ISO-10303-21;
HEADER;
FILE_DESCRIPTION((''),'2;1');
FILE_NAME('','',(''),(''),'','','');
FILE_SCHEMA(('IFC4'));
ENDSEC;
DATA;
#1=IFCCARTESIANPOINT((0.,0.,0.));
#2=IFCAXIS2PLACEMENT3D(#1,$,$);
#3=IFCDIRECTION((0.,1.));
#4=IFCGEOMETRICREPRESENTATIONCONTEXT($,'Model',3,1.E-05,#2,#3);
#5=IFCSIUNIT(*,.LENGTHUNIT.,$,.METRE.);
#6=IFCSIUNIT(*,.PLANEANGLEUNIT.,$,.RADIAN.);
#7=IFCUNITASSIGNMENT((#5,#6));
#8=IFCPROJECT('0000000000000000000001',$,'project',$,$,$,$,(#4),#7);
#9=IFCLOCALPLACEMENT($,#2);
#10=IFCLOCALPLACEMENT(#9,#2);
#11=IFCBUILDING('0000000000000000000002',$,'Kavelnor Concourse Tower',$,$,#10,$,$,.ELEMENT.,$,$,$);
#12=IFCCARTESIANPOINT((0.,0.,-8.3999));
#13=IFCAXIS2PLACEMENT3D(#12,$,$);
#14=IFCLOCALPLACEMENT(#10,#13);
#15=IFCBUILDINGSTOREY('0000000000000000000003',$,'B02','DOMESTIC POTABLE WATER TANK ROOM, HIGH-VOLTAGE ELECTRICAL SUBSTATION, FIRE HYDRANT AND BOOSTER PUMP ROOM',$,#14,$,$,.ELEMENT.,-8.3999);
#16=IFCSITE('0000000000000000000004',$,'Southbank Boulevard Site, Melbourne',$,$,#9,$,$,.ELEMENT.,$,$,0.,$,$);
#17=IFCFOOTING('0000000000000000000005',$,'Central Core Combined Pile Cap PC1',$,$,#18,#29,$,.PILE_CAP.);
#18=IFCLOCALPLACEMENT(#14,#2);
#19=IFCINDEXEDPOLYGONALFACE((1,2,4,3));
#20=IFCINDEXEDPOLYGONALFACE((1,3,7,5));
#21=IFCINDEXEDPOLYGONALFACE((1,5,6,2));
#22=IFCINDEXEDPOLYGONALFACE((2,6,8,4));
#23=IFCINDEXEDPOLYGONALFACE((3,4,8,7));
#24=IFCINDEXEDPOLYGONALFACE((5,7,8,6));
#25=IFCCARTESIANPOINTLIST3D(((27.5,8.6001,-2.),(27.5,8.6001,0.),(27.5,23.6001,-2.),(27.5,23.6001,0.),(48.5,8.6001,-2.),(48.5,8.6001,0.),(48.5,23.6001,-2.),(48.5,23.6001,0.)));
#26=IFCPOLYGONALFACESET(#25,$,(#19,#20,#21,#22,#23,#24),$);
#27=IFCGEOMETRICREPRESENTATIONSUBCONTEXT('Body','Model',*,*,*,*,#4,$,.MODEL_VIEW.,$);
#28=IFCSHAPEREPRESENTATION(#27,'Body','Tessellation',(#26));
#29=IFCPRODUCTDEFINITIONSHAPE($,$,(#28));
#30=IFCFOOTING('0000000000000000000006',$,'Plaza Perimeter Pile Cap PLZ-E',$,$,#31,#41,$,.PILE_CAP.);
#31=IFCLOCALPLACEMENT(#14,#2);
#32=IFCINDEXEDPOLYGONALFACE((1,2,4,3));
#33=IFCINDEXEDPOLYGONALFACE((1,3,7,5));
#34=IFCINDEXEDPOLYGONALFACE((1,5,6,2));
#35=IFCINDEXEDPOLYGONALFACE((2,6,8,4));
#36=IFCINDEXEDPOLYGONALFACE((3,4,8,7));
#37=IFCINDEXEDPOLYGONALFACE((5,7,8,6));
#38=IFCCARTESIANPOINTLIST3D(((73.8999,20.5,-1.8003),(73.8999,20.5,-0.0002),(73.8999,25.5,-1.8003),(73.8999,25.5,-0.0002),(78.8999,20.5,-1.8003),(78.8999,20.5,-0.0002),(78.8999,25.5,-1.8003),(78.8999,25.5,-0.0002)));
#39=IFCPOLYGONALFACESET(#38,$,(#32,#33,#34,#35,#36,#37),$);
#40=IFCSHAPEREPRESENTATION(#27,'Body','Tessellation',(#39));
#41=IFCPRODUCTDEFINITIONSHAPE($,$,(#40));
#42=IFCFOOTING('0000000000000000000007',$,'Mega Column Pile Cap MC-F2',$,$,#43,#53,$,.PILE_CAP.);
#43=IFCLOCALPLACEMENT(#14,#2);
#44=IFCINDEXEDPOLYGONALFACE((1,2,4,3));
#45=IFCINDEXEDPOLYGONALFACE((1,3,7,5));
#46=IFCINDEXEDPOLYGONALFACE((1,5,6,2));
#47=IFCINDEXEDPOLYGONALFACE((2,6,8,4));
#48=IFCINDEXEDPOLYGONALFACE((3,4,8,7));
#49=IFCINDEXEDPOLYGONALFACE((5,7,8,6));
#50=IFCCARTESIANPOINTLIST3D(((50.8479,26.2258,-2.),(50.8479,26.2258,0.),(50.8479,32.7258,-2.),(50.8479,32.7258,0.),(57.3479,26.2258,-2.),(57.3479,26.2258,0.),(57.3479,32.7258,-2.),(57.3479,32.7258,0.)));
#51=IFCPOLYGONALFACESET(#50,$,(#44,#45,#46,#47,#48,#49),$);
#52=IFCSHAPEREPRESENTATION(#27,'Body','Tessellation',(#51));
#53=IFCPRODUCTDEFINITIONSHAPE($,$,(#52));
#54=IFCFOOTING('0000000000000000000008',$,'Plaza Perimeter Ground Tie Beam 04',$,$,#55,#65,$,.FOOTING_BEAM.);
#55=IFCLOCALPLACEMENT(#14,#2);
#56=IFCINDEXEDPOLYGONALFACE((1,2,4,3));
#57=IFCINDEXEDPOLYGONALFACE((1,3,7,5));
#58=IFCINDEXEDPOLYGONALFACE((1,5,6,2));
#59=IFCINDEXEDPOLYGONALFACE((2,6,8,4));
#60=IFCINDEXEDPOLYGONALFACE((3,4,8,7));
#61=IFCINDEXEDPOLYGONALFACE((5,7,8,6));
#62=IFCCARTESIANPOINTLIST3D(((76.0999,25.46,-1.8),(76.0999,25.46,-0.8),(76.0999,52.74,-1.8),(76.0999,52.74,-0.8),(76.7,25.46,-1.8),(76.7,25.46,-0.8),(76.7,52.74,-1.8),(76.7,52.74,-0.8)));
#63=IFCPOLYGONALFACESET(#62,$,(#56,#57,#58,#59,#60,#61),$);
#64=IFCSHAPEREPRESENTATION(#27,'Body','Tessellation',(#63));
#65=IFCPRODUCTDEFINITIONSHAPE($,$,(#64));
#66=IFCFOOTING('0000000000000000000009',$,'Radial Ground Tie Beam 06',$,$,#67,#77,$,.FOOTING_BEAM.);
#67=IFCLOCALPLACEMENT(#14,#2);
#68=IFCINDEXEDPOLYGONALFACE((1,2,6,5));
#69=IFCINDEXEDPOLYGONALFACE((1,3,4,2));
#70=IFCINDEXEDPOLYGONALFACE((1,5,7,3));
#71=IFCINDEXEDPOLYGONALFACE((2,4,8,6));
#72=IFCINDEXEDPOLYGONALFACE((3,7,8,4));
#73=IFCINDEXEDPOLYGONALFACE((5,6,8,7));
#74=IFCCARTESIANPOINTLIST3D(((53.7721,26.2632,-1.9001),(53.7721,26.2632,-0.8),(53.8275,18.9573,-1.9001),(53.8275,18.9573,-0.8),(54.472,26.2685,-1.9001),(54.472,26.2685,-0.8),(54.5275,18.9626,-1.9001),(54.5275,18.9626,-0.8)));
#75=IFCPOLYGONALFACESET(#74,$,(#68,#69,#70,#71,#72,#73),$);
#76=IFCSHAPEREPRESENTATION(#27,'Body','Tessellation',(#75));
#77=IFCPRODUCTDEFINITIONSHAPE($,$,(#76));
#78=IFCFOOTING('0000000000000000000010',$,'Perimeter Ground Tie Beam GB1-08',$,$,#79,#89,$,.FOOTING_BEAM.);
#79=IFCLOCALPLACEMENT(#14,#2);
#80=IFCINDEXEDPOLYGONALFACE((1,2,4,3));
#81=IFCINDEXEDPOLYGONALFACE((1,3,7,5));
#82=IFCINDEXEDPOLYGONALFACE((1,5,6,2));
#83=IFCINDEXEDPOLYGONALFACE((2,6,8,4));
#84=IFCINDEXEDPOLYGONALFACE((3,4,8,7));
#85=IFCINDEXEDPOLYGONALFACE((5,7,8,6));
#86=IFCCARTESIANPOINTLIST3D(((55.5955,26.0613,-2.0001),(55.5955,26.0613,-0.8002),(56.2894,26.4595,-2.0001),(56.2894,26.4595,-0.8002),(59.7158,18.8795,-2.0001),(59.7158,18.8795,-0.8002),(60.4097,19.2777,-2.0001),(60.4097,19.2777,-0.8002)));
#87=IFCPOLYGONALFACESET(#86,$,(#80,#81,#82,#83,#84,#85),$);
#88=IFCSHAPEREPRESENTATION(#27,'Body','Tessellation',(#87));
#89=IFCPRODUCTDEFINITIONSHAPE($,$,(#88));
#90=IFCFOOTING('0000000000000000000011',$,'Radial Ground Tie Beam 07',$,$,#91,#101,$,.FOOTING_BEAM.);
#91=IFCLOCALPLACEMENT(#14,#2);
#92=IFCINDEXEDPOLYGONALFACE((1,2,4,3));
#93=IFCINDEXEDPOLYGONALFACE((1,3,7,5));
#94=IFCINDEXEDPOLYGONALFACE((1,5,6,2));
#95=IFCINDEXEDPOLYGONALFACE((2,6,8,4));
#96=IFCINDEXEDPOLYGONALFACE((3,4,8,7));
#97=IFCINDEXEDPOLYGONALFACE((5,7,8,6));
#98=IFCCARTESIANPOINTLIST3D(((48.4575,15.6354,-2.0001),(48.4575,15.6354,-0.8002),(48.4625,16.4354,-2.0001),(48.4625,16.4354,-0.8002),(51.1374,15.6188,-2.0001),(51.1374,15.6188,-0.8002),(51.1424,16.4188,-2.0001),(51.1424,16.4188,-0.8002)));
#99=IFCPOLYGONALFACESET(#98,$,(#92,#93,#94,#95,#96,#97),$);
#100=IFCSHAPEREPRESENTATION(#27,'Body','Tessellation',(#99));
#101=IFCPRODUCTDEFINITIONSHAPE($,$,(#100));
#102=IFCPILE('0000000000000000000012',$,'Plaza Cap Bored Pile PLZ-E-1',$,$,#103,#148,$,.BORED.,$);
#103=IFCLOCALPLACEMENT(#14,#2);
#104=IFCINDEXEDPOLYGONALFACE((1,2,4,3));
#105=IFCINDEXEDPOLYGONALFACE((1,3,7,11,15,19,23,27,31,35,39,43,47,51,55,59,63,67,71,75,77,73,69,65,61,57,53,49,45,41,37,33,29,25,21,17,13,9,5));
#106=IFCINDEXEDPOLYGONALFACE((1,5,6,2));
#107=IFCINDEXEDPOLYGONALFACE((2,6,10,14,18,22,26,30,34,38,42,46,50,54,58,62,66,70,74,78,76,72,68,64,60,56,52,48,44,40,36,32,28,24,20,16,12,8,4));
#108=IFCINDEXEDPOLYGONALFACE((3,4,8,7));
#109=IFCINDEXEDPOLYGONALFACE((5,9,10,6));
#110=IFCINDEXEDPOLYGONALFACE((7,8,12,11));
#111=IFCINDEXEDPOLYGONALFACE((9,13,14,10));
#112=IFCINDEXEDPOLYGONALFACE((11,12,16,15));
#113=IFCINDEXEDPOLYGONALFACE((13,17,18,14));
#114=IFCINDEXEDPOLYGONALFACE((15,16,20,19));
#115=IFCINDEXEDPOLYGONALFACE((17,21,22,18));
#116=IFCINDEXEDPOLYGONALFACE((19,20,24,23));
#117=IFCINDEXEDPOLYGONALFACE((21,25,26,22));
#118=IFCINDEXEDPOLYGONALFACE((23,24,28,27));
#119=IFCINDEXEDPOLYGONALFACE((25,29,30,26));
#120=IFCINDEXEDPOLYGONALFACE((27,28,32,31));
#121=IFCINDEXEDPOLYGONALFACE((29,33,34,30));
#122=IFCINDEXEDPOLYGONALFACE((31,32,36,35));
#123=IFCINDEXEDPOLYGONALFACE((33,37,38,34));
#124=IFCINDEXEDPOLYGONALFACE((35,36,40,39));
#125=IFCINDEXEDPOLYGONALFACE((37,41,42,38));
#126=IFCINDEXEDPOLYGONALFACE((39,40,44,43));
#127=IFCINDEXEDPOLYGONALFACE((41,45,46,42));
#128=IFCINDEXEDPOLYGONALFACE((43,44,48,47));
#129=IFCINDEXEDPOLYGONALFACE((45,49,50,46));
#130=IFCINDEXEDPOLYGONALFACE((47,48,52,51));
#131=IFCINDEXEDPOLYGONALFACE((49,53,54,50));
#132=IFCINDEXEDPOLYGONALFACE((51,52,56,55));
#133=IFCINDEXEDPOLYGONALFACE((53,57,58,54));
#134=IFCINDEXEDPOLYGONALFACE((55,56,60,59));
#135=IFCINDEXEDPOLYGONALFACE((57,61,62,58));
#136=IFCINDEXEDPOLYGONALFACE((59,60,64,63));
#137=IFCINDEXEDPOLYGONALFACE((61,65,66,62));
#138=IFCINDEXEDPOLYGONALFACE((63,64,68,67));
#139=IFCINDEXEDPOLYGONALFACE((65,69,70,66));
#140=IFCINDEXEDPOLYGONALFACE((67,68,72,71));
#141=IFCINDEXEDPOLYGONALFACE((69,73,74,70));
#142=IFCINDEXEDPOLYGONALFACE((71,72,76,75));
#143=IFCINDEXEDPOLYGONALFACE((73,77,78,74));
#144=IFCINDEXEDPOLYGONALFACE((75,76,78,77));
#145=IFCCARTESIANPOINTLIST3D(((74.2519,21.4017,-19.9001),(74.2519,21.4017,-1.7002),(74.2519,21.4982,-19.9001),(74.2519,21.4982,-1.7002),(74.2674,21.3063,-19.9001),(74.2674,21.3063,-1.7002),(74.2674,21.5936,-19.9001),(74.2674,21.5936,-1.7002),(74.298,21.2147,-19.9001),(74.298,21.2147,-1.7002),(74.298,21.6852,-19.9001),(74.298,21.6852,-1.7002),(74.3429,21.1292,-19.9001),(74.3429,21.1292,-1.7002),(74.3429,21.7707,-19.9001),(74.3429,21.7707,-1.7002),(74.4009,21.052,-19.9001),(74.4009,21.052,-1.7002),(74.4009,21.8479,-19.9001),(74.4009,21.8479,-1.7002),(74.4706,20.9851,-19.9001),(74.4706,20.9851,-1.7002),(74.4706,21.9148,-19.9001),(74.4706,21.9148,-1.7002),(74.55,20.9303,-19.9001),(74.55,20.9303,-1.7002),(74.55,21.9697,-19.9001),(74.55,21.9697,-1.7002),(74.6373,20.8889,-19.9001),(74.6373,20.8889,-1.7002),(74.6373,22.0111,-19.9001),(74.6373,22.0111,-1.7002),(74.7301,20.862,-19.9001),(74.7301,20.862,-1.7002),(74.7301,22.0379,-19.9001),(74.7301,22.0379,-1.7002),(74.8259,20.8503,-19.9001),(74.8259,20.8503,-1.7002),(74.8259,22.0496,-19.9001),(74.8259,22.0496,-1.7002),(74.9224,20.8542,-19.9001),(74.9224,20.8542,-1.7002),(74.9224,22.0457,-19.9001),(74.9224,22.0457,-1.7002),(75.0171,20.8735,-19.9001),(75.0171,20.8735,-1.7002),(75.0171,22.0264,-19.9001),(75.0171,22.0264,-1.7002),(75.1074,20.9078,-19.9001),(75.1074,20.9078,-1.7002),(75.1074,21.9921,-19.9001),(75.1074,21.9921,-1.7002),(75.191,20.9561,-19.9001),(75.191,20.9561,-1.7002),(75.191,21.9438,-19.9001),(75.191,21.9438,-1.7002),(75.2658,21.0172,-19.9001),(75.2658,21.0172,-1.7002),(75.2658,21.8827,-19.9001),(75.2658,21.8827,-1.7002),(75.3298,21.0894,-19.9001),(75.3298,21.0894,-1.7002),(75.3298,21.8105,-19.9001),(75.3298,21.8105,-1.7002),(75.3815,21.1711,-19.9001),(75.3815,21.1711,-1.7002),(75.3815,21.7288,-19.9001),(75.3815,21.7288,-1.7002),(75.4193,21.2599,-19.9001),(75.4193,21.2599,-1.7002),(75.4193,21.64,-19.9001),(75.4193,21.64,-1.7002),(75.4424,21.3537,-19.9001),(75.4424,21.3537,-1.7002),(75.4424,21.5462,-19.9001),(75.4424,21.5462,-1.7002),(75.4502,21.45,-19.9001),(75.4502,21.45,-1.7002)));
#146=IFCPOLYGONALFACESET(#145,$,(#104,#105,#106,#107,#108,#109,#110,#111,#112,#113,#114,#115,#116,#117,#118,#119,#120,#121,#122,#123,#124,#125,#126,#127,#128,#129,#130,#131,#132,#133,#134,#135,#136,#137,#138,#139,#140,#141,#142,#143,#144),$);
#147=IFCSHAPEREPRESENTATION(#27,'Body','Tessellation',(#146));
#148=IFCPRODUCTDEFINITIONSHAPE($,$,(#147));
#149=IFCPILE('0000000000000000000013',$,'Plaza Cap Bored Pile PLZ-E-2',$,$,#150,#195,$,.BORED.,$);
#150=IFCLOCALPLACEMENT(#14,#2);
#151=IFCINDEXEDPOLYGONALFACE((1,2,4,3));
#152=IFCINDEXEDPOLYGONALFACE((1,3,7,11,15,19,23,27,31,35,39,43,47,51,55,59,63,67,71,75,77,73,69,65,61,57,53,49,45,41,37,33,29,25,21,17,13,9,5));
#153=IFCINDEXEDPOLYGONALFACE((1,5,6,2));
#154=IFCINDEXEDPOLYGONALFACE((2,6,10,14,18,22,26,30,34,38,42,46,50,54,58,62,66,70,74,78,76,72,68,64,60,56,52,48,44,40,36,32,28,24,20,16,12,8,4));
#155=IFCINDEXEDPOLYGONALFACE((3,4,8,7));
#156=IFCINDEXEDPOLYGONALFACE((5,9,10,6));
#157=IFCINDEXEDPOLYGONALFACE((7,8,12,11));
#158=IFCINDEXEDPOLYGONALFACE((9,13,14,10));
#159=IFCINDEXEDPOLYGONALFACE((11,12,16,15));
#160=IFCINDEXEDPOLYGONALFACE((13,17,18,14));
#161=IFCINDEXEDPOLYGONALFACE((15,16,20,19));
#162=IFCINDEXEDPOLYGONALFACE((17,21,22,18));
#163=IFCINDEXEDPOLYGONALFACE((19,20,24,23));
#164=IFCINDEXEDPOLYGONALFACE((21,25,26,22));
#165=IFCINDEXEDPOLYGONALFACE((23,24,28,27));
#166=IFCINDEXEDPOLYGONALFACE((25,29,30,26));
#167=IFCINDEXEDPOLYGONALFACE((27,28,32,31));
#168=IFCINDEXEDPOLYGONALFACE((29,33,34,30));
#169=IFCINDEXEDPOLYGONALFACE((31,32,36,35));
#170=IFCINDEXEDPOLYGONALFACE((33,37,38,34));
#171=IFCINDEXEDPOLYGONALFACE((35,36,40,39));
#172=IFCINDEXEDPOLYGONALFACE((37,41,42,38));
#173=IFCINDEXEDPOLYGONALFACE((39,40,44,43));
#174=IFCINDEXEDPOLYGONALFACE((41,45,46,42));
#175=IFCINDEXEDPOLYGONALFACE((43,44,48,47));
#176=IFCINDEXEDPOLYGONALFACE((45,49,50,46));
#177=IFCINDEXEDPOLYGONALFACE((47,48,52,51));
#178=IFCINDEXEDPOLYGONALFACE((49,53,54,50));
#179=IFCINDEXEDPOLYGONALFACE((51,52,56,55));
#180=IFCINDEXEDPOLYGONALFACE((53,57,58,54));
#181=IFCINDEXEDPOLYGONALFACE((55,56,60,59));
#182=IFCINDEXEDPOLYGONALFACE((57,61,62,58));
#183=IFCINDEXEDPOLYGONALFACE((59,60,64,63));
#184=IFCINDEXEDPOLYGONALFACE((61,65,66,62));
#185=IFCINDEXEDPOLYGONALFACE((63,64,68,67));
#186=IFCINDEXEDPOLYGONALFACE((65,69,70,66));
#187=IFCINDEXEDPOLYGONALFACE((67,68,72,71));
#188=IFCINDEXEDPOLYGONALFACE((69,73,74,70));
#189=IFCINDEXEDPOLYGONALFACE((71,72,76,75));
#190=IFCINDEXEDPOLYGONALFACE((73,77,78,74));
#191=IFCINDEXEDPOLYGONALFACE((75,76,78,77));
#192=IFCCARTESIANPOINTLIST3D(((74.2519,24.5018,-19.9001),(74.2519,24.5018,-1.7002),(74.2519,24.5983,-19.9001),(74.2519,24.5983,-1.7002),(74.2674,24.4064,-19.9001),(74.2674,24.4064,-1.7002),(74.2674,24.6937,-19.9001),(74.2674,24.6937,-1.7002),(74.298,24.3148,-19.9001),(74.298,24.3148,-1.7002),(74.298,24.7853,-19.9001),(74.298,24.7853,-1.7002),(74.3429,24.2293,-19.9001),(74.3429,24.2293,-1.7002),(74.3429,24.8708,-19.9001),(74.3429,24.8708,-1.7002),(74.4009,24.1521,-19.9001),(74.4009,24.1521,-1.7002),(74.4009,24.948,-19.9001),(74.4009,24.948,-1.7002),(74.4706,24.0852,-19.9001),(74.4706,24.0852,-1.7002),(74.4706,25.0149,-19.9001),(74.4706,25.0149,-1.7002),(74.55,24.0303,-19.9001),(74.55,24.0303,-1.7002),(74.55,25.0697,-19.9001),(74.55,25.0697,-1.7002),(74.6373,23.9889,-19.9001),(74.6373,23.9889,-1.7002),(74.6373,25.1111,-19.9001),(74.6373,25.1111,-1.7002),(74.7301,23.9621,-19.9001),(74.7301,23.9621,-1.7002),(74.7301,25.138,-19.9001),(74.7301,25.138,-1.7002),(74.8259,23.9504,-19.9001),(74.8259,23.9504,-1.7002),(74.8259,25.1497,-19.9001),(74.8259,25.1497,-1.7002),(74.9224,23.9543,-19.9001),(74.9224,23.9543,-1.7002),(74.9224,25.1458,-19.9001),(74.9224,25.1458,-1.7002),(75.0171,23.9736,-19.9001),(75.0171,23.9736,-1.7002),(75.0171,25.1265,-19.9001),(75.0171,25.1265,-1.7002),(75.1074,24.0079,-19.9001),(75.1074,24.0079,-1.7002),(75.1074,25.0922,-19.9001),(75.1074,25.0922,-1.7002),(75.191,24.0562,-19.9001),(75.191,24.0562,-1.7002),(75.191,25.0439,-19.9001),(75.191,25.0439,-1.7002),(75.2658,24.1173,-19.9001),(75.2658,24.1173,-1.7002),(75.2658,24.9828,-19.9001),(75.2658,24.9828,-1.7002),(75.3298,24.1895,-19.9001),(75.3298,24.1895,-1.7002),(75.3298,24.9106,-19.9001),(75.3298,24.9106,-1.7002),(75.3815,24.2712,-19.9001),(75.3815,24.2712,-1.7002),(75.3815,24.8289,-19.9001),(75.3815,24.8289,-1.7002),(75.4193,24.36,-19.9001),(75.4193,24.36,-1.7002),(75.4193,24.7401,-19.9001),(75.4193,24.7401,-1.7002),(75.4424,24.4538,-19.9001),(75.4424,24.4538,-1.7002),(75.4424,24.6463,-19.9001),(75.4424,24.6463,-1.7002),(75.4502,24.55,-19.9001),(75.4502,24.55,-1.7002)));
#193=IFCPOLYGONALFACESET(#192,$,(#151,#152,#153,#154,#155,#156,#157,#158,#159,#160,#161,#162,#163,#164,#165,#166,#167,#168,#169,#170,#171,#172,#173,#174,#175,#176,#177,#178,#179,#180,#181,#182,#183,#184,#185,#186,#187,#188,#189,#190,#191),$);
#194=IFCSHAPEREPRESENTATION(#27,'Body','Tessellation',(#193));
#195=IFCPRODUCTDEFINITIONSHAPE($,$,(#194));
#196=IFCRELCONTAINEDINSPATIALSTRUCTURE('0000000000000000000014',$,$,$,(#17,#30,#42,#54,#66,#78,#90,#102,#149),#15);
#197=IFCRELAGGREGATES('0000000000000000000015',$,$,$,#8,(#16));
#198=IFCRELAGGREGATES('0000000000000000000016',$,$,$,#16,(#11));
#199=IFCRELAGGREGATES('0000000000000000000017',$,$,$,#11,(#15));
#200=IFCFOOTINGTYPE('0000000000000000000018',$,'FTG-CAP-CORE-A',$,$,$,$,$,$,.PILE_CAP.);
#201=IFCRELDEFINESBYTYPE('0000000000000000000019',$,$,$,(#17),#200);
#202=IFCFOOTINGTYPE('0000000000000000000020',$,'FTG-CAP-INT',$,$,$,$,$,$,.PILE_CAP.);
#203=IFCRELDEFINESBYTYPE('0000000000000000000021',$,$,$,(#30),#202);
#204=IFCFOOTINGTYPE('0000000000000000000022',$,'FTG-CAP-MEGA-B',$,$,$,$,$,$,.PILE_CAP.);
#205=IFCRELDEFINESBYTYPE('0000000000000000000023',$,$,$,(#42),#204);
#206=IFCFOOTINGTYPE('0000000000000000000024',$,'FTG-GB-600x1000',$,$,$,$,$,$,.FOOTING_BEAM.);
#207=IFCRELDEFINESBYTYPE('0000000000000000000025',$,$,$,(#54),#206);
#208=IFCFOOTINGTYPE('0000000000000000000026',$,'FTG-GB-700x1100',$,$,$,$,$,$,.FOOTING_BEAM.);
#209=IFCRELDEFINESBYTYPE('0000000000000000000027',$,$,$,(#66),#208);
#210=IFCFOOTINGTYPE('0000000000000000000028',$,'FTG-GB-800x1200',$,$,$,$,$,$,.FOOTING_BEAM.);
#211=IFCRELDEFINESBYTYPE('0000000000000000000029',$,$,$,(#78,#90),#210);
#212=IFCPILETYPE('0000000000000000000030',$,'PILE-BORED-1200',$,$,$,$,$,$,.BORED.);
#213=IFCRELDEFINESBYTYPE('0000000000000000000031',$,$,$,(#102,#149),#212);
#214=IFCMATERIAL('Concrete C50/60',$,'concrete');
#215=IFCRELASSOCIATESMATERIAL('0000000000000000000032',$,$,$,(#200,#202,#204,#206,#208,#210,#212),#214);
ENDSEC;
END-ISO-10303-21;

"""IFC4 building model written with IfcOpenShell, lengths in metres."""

from ifc_helpers import new_model, si_unit, direction, frame, origin, origin_2d, place, context, subcontext, project, spatial, rectangle, circle, extrude, material, material_profile, profile_set, type_object, element, save


model = new_model("IFC4")

# Units and contexts
model_context = context("Model", 3, precision=1e-05, world=origin(), true_north=direction((0.0, 1.0)))
body_context = subcontext(model_context, "Body", "Model", "MODEL_VIEW")
ifc_project = project(units=[si_unit("LENGTHUNIT", "METRE"), si_unit("PLANEANGLEUNIT", "RADIAN")], contexts=[model_context])

# Site, building, storey
site_placement = place(None, origin())
site = spatial("IfcSite", under=ifc_project, at=site_placement, Name="Southbank Boulevard Site, Melbourne", CompositionType="ELEMENT", RefElevation=0.0)
building_placement = place(site_placement, origin())
building = spatial("IfcBuilding", under=site, at=building_placement, Name="Kavelnor Concourse Tower", CompositionType="ELEMENT")
storey_placement = place(building_placement, frame((0.0, 0.0, -8.3999)))
storey = spatial("IfcBuildingStorey", under=building, at=storey_placement, Name="B02", Description="DOMESTIC POTABLE WATER TANK ROOM, HIGH-VOLTAGE ELECTRICAL SUBSTATION, FIRE HYDRANT AND BOOSTER PUMP ROOM", CompositionType="ELEMENT", Elevation=-8.3999)

# Footings
ifc_material_1 = material(Name="Concrete C50/60", Category="concrete")
footing_type_1 = type_object("IfcFootingType", Name="FTG-CAP-CORE-A", PredefinedType="PILE_CAP", material=ifc_material_1)
footing_1_placement = place(storey_placement, frame((38.0, 16.1001, -2.0), z_axis=(0.0, 0.0, 1.0), x_axis=(1.0, 0.0, 0.0)))
element("IfcFooting", 1, at=footing_1_placement, inside=storey, type_object=footing_type_1, Name="Central Core Combined Pile Cap PC1", PredefinedType="PILE_CAP", context=body_context, shape_type="SweptSolid", body=[
    extrude(rectangle(XDim=21.0, YDim=15.0, at=origin_2d()), origin(), (0.0, 0.0, 1.0), 2.0),
])
footing_type_2 = type_object("IfcFootingType", Name="FTG-CAP-INT", PredefinedType="PILE_CAP", material=ifc_material_1)
footing_2_placement = place(storey_placement, frame((76.3999, 23.0, -1.8003), z_axis=(0.0, 0.0, 1.0), x_axis=(1.0, 0.0, 0.0)))
element("IfcFooting", 2, at=footing_2_placement, inside=storey, type_object=footing_type_2, Name="Plaza Perimeter Pile Cap PLZ-E", PredefinedType="PILE_CAP", context=body_context, shape_type="SweptSolid", body=[
    extrude(rectangle(XDim=5.0, YDim=5.0, at=origin_2d()), origin(), (0.0, 0.0, 1.0), 1.8),
])
footing_type_3 = type_object("IfcFootingType", Name="FTG-CAP-MEGA-B", PredefinedType="PILE_CAP", material=ifc_material_1)
footing_3_placement = place(storey_placement, frame((54.0979, 29.4758, -2.0), z_axis=(0.0, 0.0, 1.0), x_axis=(1.0, 0.0, 0.0)))
element("IfcFooting", 3, at=footing_3_placement, inside=storey, type_object=footing_type_3, Name="Mega Column Pile Cap MC-F2", PredefinedType="PILE_CAP", context=body_context, shape_type="SweptSolid", body=[
    extrude(rectangle(XDim=6.5, YDim=6.5, at=origin_2d()), origin(), (0.0, 0.0, 1.0), 2.0),
])
ifc_material_profile_1 = material_profile(ifc_material_1, rectangle(XDim=0.6001, YDim=1.0, at=origin_2d()), Name="RC-GB 600x1000")
ifc_profile_set_1 = profile_set([ifc_material_profile_1], Name="Concrete C50/60")
footing_type_4 = type_object("IfcFootingType", Name="FTG-GB-600x1000", PredefinedType="FOOTING_BEAM", material=ifc_profile_set_1)
footing_4_placement = place(storey_placement, frame((76.3999, 25.46, -1.3), z_axis=(0.0, 1.0, 0.0), x_axis=(-1.0, 0.0, 0.0)))
element("IfcFooting", 4, at=footing_4_placement, inside=storey, type_object=footing_type_4, Name="Plaza Perimeter Ground Tie Beam 04", PredefinedType="FOOTING_BEAM", context=body_context, shape_type="SweptSolid", body=[
    extrude(rectangle(XDim=0.6001, YDim=1.0, at=origin_2d()), origin(), (0.0, 0.0, 1.0), 27.28),
])
ifc_material_profile_2 = material_profile(ifc_material_1, rectangle(XDim=0.7, YDim=1.1001, at=origin_2d()), Name="RC-GB 700x1100")
ifc_profile_set_2 = profile_set([ifc_material_profile_2], Name="Concrete C50/60")
footing_type_5 = type_object("IfcFootingType", Name="FTG-GB-700x1100", PredefinedType="FOOTING_BEAM", material=ifc_profile_set_2)
footing_5_placement = place(storey_placement, frame((54.1221, 26.2659, -1.3501), z_axis=(0.007585, -0.999971, 0.0), x_axis=(0.999971, 0.007585, 0.0)))
element("IfcFooting", 5, at=footing_5_placement, inside=storey, type_object=footing_type_5, Name="Radial Ground Tie Beam 06", PredefinedType="FOOTING_BEAM", context=body_context, shape_type="SweptSolid", body=[
    extrude(rectangle(XDim=0.7, YDim=1.1001, at=origin_2d()), origin(), (0.0, 0.0, 1.0), 7.3062),
])
ifc_material_profile_3 = material_profile(ifc_material_1, rectangle(XDim=0.8, YDim=1.2, at=origin_2d()), Name="RC-GB 800x1200")
ifc_profile_set_3 = profile_set([ifc_material_profile_3], Name="Concrete C50/60")
footing_type_6 = type_object("IfcFootingType", Name="FTG-GB-800x1200", PredefinedType="FOOTING_BEAM", material=ifc_profile_set_3)
footing_6_placement = place(storey_placement, frame((60.0627, 19.0786, -1.4001), z_axis=(-0.497634, 0.867387, 0.0), x_axis=(-0.867387, -0.497634, 0.0)))
element("IfcFooting", 6, at=footing_6_placement, inside=storey, type_object=footing_type_6, Name="Perimeter Ground Tie Beam GB1-08", PredefinedType="FOOTING_BEAM", context=body_context, shape_type="SweptSolid", body=[
    extrude(rectangle(XDim=0.8, YDim=1.2, at=origin_2d()), origin(), (0.0, 0.0, 1.0), 8.2798),
])
footing_7_placement = place(storey_placement, frame((51.1399, 16.0188, -1.4001), z_axis=(-0.999981, 0.006195, 0.0), x_axis=(-0.006195, -0.999981, 0.0)))
element("IfcFooting", 7, at=footing_7_placement, inside=storey, type_object=footing_type_6, Name="Radial Ground Tie Beam 07", PredefinedType="FOOTING_BEAM", context=body_context, shape_type="SweptSolid", body=[
    extrude(rectangle(XDim=0.8, YDim=1.2, at=origin_2d()), origin(), (0.0, 0.0, 1.0), 2.6799),
])

# Piles
ifc_material_profile_4 = material_profile(ifc_material_1, circle(Radius=0.6001, at=origin_2d()), Name="PILE-D1200")
ifc_profile_set_4 = profile_set([ifc_material_profile_4], Name="Concrete C50/60")
pile_type_1 = type_object("IfcPileType", Name="PILE-BORED-1200", PredefinedType="BORED", material=ifc_profile_set_4)
for number, where, z_axis, x_axis, name in (
    (8, (74.8501, 21.45, -1.7002), (0.0, 0.0, -1.0), (1.0, 0.0, 0.0), "Plaza Cap Bored Pile PLZ-E-1"),
    (9, (74.8501, 24.55, -1.7002), (0.0, 0.0, -1.0), (1.0, 0.0, 0.0), "Plaza Cap Bored Pile PLZ-E-2"),
):
    element("IfcPile", number, at=place(storey_placement, frame(where, z_axis=z_axis, x_axis=x_axis)), inside=storey, type_object=pile_type_1, Name=name, PredefinedType="BORED", context=body_context, shape_type="SweptSolid", body=[
        extrude(circle(Radius=0.6001, at=origin_2d()), origin(), (0.0, 0.0, 1.0), 18.2),
    ])

save(model, "model.ifc")
